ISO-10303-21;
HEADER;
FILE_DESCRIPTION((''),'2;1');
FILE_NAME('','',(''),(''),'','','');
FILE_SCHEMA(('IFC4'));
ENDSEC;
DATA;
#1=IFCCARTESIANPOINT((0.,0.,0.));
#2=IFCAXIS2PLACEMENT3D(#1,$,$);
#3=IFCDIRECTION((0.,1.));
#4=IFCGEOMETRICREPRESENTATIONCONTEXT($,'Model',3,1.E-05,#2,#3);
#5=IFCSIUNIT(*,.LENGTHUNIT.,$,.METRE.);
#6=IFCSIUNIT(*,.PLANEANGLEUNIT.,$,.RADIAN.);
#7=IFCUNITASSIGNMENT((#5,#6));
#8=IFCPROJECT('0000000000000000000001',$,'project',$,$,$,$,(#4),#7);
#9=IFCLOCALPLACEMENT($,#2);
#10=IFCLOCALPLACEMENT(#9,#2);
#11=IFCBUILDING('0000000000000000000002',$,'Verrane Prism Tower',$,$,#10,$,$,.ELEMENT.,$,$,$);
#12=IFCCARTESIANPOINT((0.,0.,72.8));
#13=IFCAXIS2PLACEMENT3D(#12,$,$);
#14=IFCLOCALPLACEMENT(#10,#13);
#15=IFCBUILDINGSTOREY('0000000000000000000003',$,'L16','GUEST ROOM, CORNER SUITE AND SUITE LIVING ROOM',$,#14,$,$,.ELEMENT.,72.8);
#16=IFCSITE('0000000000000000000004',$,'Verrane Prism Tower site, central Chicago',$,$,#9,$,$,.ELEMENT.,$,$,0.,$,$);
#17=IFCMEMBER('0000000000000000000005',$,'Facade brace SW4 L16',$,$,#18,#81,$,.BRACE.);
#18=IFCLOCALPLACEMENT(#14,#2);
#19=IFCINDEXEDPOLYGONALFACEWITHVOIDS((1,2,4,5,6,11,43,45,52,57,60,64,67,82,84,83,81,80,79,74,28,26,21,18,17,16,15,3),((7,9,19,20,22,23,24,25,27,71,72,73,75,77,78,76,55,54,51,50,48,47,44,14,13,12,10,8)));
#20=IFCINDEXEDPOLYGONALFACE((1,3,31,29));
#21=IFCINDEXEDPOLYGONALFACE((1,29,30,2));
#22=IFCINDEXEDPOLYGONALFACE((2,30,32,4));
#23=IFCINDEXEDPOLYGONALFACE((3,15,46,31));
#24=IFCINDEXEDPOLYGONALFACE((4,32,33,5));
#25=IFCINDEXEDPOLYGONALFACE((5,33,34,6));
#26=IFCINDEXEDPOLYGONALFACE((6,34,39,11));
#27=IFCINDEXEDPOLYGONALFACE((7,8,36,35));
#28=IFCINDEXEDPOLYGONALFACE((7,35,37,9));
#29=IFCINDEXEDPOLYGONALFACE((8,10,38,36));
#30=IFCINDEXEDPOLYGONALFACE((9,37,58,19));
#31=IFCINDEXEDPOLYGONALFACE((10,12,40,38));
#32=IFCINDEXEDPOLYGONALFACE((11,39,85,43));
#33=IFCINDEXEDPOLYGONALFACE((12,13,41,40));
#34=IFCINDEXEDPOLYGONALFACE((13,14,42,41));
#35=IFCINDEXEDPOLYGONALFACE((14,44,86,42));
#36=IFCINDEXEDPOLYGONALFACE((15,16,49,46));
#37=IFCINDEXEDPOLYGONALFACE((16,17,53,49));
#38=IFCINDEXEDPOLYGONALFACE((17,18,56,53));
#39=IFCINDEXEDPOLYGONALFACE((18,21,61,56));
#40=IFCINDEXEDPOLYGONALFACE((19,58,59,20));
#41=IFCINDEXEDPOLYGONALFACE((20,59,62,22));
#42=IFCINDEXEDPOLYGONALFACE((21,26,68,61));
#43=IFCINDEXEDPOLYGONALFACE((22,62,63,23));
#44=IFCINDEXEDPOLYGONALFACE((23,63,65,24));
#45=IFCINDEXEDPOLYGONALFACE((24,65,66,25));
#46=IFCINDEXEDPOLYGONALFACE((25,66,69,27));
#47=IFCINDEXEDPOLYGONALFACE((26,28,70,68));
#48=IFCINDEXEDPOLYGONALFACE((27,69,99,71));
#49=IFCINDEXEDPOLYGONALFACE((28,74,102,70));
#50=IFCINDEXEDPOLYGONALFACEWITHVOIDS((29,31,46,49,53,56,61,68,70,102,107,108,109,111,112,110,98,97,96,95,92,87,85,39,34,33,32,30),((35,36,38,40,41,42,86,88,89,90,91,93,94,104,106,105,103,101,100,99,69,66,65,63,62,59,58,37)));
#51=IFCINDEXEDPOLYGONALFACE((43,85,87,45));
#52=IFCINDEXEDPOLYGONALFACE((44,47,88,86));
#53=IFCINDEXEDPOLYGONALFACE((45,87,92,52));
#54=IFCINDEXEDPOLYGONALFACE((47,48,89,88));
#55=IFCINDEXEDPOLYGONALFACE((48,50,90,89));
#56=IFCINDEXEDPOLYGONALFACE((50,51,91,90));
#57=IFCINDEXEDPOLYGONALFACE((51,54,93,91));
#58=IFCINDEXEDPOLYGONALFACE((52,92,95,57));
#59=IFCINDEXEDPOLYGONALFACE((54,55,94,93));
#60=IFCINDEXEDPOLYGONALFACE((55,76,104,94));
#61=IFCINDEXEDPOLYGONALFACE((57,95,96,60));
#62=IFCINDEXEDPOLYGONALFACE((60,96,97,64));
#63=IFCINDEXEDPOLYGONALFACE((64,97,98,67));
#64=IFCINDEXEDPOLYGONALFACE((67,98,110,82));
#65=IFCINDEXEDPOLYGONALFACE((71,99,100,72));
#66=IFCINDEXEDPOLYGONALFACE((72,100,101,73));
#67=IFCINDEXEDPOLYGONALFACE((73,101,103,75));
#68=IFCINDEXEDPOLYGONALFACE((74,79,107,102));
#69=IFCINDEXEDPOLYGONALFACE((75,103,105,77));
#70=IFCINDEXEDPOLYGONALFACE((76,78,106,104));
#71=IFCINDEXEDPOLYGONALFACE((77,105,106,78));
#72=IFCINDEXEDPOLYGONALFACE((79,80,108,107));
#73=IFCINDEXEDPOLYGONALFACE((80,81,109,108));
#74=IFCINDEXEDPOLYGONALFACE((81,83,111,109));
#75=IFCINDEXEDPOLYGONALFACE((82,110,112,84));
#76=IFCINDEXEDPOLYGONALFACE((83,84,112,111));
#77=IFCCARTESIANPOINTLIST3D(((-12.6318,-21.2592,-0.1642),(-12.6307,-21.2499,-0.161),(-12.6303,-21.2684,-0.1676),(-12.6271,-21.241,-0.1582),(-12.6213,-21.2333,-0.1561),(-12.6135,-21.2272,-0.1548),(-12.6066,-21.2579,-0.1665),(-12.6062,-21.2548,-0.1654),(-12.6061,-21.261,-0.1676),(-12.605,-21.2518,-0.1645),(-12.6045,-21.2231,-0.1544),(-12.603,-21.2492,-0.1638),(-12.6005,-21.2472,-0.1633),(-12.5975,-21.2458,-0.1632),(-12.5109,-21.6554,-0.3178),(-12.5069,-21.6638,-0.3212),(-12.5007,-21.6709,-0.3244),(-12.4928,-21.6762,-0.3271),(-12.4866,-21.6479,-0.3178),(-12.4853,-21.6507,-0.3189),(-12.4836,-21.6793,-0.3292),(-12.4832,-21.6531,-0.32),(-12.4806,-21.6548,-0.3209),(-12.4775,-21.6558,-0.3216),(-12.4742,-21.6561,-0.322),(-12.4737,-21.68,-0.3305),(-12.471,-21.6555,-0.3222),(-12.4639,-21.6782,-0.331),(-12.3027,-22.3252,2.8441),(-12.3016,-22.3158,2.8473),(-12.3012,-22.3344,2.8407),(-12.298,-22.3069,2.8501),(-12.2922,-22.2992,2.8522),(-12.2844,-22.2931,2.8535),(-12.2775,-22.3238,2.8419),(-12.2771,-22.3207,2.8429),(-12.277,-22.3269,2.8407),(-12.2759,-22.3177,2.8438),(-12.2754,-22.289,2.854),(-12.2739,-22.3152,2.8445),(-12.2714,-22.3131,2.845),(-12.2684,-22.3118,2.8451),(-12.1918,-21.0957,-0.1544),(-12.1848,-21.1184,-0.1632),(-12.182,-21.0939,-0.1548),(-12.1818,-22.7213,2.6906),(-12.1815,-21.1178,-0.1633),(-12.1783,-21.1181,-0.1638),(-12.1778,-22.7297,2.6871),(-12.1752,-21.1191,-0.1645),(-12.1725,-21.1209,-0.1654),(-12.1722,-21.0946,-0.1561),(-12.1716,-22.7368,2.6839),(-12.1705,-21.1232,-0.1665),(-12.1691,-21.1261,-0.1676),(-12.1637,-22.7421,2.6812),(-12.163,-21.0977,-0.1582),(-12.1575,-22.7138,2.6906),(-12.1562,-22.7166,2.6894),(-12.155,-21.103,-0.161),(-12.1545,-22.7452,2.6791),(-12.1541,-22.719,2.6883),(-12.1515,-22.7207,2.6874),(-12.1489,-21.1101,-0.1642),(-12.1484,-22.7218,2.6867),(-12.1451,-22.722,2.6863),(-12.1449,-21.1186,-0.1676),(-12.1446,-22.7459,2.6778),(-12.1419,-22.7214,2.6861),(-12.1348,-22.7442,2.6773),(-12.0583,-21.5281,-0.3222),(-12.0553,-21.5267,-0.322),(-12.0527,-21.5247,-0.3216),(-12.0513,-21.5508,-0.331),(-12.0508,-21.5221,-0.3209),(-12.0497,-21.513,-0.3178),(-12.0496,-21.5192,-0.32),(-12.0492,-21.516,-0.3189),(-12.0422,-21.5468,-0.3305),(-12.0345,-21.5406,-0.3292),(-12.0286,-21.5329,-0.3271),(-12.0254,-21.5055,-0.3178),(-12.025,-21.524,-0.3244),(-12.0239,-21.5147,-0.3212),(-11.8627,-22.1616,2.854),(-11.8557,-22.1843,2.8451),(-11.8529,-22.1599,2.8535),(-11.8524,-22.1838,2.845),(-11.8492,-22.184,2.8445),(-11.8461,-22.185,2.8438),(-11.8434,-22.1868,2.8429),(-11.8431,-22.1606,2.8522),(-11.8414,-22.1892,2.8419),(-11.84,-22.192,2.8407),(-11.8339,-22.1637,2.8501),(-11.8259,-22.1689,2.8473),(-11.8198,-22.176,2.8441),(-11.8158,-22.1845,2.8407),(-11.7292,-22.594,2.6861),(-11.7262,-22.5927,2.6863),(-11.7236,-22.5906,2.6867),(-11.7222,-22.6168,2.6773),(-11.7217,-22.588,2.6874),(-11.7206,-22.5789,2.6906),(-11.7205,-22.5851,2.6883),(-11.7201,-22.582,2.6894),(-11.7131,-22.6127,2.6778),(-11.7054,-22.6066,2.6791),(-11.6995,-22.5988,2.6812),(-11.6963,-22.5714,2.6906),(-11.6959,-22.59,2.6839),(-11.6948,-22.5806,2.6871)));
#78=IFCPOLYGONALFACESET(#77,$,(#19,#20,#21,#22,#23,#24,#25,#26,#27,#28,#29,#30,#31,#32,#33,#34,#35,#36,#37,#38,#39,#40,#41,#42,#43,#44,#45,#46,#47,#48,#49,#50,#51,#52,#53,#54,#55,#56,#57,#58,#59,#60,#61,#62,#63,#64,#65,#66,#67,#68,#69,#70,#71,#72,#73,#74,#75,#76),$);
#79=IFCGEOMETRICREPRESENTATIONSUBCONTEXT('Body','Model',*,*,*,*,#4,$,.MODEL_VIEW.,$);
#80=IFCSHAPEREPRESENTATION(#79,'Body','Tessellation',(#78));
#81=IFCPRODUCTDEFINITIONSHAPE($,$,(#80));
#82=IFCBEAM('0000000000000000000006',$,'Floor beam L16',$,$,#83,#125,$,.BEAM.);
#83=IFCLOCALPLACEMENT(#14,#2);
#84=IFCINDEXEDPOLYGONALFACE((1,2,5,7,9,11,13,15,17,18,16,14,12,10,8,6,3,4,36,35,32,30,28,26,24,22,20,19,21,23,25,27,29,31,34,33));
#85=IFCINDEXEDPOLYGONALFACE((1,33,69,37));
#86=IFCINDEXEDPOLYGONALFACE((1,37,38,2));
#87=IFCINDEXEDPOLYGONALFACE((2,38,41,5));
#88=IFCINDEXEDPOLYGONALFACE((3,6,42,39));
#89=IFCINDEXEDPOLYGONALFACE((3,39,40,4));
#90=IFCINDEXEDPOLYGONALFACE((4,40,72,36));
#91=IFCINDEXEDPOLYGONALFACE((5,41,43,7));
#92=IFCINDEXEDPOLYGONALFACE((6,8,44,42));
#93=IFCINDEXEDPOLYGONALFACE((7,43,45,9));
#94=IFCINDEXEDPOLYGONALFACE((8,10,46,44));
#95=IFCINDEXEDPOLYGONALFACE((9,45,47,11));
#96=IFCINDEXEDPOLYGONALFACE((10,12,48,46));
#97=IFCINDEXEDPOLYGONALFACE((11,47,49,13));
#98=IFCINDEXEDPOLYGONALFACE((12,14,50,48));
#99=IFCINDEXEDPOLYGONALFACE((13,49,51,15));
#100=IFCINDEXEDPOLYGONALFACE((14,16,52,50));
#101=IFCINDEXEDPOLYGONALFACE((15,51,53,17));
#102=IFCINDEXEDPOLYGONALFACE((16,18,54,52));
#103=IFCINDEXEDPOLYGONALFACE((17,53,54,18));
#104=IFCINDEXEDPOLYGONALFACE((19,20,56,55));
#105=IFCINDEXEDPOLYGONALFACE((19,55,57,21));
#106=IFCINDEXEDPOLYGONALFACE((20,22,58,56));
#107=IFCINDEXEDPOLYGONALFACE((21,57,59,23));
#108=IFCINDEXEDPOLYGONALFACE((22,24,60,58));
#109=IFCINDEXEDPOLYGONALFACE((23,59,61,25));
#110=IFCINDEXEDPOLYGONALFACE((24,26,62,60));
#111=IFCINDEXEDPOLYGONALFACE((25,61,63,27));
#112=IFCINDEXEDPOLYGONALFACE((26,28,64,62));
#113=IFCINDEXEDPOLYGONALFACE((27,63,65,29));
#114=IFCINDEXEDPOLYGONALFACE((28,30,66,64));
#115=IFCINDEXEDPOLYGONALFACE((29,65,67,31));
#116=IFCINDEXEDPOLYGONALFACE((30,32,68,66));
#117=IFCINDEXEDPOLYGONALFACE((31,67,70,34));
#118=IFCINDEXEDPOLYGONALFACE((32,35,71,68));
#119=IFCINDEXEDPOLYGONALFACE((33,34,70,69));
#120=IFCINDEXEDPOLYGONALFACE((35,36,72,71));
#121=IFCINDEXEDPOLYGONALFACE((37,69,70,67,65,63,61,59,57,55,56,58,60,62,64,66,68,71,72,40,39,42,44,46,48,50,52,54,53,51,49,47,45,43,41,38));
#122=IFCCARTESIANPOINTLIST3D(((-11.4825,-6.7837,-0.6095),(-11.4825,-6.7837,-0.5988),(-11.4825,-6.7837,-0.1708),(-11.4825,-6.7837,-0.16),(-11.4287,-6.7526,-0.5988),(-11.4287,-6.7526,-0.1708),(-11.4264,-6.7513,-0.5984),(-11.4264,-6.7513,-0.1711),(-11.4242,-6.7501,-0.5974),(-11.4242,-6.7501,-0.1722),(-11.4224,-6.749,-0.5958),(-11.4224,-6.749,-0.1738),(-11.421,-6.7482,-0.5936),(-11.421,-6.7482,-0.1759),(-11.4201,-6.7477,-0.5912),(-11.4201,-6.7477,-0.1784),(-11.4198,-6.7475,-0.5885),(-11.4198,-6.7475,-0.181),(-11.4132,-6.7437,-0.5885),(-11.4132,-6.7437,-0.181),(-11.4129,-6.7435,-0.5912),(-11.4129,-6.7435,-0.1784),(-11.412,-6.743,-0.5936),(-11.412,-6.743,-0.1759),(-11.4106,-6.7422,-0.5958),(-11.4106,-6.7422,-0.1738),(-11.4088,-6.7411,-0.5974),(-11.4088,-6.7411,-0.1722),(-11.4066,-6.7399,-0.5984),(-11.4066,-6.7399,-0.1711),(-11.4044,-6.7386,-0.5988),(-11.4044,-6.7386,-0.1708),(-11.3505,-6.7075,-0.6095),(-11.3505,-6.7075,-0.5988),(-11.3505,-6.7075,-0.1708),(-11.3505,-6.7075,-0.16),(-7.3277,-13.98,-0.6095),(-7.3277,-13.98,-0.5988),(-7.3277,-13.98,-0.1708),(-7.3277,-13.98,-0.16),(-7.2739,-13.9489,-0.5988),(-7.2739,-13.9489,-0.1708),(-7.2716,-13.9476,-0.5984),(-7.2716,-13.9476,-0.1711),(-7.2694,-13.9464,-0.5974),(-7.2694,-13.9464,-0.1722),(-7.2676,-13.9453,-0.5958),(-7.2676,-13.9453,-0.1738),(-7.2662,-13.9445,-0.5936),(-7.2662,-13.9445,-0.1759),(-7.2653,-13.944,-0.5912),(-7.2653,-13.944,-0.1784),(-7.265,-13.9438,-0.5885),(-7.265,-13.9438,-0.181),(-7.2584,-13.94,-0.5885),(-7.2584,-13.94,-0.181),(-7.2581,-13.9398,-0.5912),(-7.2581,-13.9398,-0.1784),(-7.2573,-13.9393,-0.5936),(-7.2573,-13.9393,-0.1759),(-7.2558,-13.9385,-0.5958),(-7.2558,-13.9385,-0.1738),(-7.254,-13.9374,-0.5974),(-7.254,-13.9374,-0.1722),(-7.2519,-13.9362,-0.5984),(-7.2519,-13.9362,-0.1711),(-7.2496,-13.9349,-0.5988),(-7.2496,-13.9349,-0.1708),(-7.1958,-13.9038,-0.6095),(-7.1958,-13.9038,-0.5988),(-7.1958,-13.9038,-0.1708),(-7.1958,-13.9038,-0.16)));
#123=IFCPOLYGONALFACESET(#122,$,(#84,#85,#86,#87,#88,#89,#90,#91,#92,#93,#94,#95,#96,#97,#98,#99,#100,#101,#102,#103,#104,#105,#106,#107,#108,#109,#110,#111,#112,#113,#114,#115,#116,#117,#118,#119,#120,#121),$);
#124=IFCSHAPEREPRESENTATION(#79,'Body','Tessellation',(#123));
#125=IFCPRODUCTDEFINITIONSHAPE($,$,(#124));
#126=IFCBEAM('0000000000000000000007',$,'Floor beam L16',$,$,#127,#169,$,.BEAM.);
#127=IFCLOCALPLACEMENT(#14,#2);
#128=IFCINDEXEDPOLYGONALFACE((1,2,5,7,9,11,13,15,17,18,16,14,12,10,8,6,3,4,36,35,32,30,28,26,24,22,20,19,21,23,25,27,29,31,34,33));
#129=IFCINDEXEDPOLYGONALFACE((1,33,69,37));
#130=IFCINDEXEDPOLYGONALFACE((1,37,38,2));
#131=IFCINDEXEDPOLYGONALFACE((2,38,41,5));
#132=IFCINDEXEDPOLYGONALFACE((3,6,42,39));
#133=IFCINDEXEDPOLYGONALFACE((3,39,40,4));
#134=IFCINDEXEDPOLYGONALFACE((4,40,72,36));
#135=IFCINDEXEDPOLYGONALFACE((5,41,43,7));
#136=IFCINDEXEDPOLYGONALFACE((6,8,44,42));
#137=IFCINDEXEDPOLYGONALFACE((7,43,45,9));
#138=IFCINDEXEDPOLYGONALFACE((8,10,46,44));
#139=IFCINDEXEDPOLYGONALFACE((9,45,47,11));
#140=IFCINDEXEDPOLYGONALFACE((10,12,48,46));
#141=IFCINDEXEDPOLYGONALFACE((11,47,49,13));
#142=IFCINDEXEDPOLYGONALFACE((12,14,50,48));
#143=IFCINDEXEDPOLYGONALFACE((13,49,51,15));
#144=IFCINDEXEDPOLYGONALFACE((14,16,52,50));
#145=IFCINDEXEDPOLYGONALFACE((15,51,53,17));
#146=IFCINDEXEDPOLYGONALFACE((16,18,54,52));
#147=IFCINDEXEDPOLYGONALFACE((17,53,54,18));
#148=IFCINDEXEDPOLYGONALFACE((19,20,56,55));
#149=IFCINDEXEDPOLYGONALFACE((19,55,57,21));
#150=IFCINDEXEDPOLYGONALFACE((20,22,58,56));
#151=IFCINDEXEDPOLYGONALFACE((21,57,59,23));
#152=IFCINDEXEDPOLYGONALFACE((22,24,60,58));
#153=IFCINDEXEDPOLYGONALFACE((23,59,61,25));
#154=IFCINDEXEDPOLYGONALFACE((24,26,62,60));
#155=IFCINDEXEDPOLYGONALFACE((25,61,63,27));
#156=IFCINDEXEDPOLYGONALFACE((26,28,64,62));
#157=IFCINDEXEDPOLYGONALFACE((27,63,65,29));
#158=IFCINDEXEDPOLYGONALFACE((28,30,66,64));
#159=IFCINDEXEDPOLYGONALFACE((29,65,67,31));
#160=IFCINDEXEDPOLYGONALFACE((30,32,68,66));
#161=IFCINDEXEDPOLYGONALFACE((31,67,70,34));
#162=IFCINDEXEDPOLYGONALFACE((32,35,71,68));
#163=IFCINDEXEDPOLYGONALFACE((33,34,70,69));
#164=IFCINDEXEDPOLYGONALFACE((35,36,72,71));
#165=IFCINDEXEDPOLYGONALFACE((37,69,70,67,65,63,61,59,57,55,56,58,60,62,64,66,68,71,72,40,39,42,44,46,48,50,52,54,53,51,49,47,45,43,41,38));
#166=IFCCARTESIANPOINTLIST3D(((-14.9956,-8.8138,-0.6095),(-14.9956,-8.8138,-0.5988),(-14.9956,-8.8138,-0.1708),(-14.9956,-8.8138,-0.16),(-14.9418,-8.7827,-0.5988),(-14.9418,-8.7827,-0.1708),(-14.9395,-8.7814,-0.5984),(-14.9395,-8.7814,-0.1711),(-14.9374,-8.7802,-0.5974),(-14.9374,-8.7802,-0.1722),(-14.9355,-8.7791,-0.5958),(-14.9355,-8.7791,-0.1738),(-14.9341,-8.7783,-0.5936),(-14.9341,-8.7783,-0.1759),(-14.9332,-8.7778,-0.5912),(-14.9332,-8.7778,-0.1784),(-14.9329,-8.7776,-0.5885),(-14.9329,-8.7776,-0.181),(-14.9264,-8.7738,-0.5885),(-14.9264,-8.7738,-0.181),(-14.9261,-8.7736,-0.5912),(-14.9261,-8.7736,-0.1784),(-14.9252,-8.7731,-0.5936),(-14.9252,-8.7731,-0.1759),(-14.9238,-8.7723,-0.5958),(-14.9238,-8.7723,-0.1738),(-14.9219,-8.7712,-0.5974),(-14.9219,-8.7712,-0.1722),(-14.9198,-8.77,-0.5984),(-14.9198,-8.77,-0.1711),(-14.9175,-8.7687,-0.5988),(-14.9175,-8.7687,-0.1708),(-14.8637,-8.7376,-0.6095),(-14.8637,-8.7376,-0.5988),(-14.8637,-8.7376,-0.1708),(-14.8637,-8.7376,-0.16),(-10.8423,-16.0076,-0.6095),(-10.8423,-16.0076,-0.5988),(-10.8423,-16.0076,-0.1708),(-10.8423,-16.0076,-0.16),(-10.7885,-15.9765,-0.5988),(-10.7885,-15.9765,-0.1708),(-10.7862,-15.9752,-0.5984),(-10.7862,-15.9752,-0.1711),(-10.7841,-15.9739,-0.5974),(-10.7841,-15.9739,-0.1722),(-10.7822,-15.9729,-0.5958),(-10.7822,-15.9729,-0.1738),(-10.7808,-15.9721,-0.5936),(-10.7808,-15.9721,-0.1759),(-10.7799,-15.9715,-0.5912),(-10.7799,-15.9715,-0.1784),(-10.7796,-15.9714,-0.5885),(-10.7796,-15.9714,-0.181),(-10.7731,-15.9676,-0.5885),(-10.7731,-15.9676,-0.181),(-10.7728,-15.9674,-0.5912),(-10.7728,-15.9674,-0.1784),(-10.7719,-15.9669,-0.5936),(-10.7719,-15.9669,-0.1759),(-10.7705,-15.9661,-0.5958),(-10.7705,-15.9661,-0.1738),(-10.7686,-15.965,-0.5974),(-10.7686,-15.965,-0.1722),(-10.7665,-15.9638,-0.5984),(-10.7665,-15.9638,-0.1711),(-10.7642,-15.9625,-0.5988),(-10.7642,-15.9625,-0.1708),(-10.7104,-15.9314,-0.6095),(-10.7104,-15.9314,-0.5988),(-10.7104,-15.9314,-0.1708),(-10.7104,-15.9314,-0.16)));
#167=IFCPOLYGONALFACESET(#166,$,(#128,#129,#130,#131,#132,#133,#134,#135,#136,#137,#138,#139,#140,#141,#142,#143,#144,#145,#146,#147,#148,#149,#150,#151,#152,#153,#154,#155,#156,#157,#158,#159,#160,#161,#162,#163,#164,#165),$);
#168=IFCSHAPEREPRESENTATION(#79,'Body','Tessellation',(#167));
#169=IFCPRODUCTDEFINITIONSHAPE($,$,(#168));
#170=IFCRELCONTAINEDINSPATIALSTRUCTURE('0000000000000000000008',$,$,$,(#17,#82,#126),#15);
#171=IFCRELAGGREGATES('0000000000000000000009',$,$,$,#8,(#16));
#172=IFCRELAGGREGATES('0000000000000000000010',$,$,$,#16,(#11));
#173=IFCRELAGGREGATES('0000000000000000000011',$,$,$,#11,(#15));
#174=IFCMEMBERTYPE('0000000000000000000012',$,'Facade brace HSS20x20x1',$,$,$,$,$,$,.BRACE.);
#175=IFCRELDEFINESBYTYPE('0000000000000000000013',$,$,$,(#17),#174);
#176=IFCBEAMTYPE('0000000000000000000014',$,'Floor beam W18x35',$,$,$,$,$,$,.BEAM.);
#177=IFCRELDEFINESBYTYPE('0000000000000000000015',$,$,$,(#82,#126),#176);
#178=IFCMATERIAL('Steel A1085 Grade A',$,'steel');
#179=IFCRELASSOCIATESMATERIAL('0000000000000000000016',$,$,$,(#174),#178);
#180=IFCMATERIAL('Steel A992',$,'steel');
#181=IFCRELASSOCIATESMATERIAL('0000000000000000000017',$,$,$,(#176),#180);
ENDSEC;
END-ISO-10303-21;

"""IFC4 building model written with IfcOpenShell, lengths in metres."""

from ifc_helpers import new_model, si_unit, direction, frame, origin, origin_2d, place, context, subcontext, project, spatial, hollow_rectangle, i_section, extrude, material, material_profile, profile_set, type_object, element, save


model = new_model("IFC4")

# Units and contexts
model_context = context("Model", 3, precision=1e-05, world=origin(), true_north=direction((0.0, 1.0)))
body_context = subcontext(model_context, "Body", "Model", "MODEL_VIEW")
ifc_project = project(units=[si_unit("LENGTHUNIT", "METRE"), si_unit("PLANEANGLEUNIT", "RADIAN")], contexts=[model_context])

# Site, building, storey
site_placement = place(None, origin())
site = spatial("IfcSite", under=ifc_project, at=site_placement, Name="Verrane Prism Tower site, central Chicago", CompositionType="ELEMENT", RefElevation=0.0)
building_placement = place(site_placement, origin())
building = spatial("IfcBuilding", under=site, at=building_placement, Name="Verrane Prism Tower", CompositionType="ELEMENT")
storey_placement = place(building_placement, frame((0.0, 0.0, 72.8)))
storey = spatial("IfcBuildingStorey", under=building, at=storey_placement, Name="L16", Description="GUEST ROOM, CORNER SUITE AND SUITE LIVING ROOM", CompositionType="ELEMENT", Elevation=72.8)

# Member
ifc_material_1 = material(Name="Steel A1085 Grade A", Category="steel")
ifc_material_profile_1 = material_profile(ifc_material_1, hollow_rectangle(XDim=0.5081, YDim=0.5081, WallThickness=0.0254, InnerFilletRadius=0.0127, OuterFilletRadius=0.0381, at=origin_2d()), Name="HSS20x20x1")
ifc_profile_set_1 = profile_set([ifc_material_profile_1], Name="Steel A1085 Grade A")
member_type = type_object("IfcMemberType", Name="Facade brace HSS20x20x1", PredefinedType="BRACE", material=ifc_profile_set_1)
member_placement = place(storey_placement, frame((-12.3279, -21.387, -0.2427), z_axis=(0.102572, -0.332219, 0.937608), x_axis=(0.955495, 0.295008, 0.0)))
element("IfcMember", 1, at=member_placement, inside=storey, type_object=member_type, Name="Facade brace SW4 L16", PredefinedType="BRACE", context=body_context, shape_type="SweptSolid", body=[
    extrude(hollow_rectangle(XDim=0.5081, YDim=0.5081, WallThickness=0.0254, InnerFilletRadius=0.0127, OuterFilletRadius=0.0381, at=origin_2d()), origin(), (0.0, 0.0, 1.0), 3.2085),
])

# Beams
ifc_material_2 = material(Name="Steel A992", Category="steel")
ifc_material_profile_2 = material_profile(ifc_material_2, i_section(OverallWidth=0.1523, OverallDepth=0.4495, WebThickness=0.0076, FlangeThickness=0.0107, FilletRadius=0.0103, at=origin_2d()), Name="W18x35")
ifc_profile_set_2 = profile_set([ifc_material_profile_2], Name="Steel A992")
beam_type_1 = type_object("IfcBeamType", Name="Floor beam W18x35", PredefinedType="BEAM", material=ifc_profile_set_2)
beam_1_placement = place(storey_placement, frame((-7.2617, -13.9419, -0.3848), z_axis=(-0.500001, 0.866025, 0.0), x_axis=(-0.866025, -0.500001, 0.0)))
element("IfcBeam", 2, at=beam_1_placement, inside=storey, type_object=beam_type_1, Name="Floor beam L16", PredefinedType="BEAM", context=body_context, shape_type="SweptSolid", body=[
    extrude(i_section(OverallWidth=0.1523, OverallDepth=0.4495, WebThickness=0.0076, FlangeThickness=0.0107, FilletRadius=0.0103, at=origin_2d()), origin(), (0.0, 0.0, 1.0), 8.3096),
])
beam_2_placement = place(storey_placement, frame((-10.7764, -15.9695, -0.3848), z_axis=(-0.499996, 0.866028, 0.0), x_axis=(-0.866028, -0.499996, 0.0)))
element("IfcBeam", 3, at=beam_2_placement, inside=storey, type_object=beam_type_1, Name="Floor beam L16", PredefinedType="BEAM", context=body_context, shape_type="SweptSolid", body=[
    extrude(i_section(OverallWidth=0.1523, OverallDepth=0.4495, WebThickness=0.0076, FlangeThickness=0.0107, FilletRadius=0.0103, at=origin_2d()), origin(), (0.0, 0.0, 1.0), 8.3066),
])

save(model, "model.ifc")
